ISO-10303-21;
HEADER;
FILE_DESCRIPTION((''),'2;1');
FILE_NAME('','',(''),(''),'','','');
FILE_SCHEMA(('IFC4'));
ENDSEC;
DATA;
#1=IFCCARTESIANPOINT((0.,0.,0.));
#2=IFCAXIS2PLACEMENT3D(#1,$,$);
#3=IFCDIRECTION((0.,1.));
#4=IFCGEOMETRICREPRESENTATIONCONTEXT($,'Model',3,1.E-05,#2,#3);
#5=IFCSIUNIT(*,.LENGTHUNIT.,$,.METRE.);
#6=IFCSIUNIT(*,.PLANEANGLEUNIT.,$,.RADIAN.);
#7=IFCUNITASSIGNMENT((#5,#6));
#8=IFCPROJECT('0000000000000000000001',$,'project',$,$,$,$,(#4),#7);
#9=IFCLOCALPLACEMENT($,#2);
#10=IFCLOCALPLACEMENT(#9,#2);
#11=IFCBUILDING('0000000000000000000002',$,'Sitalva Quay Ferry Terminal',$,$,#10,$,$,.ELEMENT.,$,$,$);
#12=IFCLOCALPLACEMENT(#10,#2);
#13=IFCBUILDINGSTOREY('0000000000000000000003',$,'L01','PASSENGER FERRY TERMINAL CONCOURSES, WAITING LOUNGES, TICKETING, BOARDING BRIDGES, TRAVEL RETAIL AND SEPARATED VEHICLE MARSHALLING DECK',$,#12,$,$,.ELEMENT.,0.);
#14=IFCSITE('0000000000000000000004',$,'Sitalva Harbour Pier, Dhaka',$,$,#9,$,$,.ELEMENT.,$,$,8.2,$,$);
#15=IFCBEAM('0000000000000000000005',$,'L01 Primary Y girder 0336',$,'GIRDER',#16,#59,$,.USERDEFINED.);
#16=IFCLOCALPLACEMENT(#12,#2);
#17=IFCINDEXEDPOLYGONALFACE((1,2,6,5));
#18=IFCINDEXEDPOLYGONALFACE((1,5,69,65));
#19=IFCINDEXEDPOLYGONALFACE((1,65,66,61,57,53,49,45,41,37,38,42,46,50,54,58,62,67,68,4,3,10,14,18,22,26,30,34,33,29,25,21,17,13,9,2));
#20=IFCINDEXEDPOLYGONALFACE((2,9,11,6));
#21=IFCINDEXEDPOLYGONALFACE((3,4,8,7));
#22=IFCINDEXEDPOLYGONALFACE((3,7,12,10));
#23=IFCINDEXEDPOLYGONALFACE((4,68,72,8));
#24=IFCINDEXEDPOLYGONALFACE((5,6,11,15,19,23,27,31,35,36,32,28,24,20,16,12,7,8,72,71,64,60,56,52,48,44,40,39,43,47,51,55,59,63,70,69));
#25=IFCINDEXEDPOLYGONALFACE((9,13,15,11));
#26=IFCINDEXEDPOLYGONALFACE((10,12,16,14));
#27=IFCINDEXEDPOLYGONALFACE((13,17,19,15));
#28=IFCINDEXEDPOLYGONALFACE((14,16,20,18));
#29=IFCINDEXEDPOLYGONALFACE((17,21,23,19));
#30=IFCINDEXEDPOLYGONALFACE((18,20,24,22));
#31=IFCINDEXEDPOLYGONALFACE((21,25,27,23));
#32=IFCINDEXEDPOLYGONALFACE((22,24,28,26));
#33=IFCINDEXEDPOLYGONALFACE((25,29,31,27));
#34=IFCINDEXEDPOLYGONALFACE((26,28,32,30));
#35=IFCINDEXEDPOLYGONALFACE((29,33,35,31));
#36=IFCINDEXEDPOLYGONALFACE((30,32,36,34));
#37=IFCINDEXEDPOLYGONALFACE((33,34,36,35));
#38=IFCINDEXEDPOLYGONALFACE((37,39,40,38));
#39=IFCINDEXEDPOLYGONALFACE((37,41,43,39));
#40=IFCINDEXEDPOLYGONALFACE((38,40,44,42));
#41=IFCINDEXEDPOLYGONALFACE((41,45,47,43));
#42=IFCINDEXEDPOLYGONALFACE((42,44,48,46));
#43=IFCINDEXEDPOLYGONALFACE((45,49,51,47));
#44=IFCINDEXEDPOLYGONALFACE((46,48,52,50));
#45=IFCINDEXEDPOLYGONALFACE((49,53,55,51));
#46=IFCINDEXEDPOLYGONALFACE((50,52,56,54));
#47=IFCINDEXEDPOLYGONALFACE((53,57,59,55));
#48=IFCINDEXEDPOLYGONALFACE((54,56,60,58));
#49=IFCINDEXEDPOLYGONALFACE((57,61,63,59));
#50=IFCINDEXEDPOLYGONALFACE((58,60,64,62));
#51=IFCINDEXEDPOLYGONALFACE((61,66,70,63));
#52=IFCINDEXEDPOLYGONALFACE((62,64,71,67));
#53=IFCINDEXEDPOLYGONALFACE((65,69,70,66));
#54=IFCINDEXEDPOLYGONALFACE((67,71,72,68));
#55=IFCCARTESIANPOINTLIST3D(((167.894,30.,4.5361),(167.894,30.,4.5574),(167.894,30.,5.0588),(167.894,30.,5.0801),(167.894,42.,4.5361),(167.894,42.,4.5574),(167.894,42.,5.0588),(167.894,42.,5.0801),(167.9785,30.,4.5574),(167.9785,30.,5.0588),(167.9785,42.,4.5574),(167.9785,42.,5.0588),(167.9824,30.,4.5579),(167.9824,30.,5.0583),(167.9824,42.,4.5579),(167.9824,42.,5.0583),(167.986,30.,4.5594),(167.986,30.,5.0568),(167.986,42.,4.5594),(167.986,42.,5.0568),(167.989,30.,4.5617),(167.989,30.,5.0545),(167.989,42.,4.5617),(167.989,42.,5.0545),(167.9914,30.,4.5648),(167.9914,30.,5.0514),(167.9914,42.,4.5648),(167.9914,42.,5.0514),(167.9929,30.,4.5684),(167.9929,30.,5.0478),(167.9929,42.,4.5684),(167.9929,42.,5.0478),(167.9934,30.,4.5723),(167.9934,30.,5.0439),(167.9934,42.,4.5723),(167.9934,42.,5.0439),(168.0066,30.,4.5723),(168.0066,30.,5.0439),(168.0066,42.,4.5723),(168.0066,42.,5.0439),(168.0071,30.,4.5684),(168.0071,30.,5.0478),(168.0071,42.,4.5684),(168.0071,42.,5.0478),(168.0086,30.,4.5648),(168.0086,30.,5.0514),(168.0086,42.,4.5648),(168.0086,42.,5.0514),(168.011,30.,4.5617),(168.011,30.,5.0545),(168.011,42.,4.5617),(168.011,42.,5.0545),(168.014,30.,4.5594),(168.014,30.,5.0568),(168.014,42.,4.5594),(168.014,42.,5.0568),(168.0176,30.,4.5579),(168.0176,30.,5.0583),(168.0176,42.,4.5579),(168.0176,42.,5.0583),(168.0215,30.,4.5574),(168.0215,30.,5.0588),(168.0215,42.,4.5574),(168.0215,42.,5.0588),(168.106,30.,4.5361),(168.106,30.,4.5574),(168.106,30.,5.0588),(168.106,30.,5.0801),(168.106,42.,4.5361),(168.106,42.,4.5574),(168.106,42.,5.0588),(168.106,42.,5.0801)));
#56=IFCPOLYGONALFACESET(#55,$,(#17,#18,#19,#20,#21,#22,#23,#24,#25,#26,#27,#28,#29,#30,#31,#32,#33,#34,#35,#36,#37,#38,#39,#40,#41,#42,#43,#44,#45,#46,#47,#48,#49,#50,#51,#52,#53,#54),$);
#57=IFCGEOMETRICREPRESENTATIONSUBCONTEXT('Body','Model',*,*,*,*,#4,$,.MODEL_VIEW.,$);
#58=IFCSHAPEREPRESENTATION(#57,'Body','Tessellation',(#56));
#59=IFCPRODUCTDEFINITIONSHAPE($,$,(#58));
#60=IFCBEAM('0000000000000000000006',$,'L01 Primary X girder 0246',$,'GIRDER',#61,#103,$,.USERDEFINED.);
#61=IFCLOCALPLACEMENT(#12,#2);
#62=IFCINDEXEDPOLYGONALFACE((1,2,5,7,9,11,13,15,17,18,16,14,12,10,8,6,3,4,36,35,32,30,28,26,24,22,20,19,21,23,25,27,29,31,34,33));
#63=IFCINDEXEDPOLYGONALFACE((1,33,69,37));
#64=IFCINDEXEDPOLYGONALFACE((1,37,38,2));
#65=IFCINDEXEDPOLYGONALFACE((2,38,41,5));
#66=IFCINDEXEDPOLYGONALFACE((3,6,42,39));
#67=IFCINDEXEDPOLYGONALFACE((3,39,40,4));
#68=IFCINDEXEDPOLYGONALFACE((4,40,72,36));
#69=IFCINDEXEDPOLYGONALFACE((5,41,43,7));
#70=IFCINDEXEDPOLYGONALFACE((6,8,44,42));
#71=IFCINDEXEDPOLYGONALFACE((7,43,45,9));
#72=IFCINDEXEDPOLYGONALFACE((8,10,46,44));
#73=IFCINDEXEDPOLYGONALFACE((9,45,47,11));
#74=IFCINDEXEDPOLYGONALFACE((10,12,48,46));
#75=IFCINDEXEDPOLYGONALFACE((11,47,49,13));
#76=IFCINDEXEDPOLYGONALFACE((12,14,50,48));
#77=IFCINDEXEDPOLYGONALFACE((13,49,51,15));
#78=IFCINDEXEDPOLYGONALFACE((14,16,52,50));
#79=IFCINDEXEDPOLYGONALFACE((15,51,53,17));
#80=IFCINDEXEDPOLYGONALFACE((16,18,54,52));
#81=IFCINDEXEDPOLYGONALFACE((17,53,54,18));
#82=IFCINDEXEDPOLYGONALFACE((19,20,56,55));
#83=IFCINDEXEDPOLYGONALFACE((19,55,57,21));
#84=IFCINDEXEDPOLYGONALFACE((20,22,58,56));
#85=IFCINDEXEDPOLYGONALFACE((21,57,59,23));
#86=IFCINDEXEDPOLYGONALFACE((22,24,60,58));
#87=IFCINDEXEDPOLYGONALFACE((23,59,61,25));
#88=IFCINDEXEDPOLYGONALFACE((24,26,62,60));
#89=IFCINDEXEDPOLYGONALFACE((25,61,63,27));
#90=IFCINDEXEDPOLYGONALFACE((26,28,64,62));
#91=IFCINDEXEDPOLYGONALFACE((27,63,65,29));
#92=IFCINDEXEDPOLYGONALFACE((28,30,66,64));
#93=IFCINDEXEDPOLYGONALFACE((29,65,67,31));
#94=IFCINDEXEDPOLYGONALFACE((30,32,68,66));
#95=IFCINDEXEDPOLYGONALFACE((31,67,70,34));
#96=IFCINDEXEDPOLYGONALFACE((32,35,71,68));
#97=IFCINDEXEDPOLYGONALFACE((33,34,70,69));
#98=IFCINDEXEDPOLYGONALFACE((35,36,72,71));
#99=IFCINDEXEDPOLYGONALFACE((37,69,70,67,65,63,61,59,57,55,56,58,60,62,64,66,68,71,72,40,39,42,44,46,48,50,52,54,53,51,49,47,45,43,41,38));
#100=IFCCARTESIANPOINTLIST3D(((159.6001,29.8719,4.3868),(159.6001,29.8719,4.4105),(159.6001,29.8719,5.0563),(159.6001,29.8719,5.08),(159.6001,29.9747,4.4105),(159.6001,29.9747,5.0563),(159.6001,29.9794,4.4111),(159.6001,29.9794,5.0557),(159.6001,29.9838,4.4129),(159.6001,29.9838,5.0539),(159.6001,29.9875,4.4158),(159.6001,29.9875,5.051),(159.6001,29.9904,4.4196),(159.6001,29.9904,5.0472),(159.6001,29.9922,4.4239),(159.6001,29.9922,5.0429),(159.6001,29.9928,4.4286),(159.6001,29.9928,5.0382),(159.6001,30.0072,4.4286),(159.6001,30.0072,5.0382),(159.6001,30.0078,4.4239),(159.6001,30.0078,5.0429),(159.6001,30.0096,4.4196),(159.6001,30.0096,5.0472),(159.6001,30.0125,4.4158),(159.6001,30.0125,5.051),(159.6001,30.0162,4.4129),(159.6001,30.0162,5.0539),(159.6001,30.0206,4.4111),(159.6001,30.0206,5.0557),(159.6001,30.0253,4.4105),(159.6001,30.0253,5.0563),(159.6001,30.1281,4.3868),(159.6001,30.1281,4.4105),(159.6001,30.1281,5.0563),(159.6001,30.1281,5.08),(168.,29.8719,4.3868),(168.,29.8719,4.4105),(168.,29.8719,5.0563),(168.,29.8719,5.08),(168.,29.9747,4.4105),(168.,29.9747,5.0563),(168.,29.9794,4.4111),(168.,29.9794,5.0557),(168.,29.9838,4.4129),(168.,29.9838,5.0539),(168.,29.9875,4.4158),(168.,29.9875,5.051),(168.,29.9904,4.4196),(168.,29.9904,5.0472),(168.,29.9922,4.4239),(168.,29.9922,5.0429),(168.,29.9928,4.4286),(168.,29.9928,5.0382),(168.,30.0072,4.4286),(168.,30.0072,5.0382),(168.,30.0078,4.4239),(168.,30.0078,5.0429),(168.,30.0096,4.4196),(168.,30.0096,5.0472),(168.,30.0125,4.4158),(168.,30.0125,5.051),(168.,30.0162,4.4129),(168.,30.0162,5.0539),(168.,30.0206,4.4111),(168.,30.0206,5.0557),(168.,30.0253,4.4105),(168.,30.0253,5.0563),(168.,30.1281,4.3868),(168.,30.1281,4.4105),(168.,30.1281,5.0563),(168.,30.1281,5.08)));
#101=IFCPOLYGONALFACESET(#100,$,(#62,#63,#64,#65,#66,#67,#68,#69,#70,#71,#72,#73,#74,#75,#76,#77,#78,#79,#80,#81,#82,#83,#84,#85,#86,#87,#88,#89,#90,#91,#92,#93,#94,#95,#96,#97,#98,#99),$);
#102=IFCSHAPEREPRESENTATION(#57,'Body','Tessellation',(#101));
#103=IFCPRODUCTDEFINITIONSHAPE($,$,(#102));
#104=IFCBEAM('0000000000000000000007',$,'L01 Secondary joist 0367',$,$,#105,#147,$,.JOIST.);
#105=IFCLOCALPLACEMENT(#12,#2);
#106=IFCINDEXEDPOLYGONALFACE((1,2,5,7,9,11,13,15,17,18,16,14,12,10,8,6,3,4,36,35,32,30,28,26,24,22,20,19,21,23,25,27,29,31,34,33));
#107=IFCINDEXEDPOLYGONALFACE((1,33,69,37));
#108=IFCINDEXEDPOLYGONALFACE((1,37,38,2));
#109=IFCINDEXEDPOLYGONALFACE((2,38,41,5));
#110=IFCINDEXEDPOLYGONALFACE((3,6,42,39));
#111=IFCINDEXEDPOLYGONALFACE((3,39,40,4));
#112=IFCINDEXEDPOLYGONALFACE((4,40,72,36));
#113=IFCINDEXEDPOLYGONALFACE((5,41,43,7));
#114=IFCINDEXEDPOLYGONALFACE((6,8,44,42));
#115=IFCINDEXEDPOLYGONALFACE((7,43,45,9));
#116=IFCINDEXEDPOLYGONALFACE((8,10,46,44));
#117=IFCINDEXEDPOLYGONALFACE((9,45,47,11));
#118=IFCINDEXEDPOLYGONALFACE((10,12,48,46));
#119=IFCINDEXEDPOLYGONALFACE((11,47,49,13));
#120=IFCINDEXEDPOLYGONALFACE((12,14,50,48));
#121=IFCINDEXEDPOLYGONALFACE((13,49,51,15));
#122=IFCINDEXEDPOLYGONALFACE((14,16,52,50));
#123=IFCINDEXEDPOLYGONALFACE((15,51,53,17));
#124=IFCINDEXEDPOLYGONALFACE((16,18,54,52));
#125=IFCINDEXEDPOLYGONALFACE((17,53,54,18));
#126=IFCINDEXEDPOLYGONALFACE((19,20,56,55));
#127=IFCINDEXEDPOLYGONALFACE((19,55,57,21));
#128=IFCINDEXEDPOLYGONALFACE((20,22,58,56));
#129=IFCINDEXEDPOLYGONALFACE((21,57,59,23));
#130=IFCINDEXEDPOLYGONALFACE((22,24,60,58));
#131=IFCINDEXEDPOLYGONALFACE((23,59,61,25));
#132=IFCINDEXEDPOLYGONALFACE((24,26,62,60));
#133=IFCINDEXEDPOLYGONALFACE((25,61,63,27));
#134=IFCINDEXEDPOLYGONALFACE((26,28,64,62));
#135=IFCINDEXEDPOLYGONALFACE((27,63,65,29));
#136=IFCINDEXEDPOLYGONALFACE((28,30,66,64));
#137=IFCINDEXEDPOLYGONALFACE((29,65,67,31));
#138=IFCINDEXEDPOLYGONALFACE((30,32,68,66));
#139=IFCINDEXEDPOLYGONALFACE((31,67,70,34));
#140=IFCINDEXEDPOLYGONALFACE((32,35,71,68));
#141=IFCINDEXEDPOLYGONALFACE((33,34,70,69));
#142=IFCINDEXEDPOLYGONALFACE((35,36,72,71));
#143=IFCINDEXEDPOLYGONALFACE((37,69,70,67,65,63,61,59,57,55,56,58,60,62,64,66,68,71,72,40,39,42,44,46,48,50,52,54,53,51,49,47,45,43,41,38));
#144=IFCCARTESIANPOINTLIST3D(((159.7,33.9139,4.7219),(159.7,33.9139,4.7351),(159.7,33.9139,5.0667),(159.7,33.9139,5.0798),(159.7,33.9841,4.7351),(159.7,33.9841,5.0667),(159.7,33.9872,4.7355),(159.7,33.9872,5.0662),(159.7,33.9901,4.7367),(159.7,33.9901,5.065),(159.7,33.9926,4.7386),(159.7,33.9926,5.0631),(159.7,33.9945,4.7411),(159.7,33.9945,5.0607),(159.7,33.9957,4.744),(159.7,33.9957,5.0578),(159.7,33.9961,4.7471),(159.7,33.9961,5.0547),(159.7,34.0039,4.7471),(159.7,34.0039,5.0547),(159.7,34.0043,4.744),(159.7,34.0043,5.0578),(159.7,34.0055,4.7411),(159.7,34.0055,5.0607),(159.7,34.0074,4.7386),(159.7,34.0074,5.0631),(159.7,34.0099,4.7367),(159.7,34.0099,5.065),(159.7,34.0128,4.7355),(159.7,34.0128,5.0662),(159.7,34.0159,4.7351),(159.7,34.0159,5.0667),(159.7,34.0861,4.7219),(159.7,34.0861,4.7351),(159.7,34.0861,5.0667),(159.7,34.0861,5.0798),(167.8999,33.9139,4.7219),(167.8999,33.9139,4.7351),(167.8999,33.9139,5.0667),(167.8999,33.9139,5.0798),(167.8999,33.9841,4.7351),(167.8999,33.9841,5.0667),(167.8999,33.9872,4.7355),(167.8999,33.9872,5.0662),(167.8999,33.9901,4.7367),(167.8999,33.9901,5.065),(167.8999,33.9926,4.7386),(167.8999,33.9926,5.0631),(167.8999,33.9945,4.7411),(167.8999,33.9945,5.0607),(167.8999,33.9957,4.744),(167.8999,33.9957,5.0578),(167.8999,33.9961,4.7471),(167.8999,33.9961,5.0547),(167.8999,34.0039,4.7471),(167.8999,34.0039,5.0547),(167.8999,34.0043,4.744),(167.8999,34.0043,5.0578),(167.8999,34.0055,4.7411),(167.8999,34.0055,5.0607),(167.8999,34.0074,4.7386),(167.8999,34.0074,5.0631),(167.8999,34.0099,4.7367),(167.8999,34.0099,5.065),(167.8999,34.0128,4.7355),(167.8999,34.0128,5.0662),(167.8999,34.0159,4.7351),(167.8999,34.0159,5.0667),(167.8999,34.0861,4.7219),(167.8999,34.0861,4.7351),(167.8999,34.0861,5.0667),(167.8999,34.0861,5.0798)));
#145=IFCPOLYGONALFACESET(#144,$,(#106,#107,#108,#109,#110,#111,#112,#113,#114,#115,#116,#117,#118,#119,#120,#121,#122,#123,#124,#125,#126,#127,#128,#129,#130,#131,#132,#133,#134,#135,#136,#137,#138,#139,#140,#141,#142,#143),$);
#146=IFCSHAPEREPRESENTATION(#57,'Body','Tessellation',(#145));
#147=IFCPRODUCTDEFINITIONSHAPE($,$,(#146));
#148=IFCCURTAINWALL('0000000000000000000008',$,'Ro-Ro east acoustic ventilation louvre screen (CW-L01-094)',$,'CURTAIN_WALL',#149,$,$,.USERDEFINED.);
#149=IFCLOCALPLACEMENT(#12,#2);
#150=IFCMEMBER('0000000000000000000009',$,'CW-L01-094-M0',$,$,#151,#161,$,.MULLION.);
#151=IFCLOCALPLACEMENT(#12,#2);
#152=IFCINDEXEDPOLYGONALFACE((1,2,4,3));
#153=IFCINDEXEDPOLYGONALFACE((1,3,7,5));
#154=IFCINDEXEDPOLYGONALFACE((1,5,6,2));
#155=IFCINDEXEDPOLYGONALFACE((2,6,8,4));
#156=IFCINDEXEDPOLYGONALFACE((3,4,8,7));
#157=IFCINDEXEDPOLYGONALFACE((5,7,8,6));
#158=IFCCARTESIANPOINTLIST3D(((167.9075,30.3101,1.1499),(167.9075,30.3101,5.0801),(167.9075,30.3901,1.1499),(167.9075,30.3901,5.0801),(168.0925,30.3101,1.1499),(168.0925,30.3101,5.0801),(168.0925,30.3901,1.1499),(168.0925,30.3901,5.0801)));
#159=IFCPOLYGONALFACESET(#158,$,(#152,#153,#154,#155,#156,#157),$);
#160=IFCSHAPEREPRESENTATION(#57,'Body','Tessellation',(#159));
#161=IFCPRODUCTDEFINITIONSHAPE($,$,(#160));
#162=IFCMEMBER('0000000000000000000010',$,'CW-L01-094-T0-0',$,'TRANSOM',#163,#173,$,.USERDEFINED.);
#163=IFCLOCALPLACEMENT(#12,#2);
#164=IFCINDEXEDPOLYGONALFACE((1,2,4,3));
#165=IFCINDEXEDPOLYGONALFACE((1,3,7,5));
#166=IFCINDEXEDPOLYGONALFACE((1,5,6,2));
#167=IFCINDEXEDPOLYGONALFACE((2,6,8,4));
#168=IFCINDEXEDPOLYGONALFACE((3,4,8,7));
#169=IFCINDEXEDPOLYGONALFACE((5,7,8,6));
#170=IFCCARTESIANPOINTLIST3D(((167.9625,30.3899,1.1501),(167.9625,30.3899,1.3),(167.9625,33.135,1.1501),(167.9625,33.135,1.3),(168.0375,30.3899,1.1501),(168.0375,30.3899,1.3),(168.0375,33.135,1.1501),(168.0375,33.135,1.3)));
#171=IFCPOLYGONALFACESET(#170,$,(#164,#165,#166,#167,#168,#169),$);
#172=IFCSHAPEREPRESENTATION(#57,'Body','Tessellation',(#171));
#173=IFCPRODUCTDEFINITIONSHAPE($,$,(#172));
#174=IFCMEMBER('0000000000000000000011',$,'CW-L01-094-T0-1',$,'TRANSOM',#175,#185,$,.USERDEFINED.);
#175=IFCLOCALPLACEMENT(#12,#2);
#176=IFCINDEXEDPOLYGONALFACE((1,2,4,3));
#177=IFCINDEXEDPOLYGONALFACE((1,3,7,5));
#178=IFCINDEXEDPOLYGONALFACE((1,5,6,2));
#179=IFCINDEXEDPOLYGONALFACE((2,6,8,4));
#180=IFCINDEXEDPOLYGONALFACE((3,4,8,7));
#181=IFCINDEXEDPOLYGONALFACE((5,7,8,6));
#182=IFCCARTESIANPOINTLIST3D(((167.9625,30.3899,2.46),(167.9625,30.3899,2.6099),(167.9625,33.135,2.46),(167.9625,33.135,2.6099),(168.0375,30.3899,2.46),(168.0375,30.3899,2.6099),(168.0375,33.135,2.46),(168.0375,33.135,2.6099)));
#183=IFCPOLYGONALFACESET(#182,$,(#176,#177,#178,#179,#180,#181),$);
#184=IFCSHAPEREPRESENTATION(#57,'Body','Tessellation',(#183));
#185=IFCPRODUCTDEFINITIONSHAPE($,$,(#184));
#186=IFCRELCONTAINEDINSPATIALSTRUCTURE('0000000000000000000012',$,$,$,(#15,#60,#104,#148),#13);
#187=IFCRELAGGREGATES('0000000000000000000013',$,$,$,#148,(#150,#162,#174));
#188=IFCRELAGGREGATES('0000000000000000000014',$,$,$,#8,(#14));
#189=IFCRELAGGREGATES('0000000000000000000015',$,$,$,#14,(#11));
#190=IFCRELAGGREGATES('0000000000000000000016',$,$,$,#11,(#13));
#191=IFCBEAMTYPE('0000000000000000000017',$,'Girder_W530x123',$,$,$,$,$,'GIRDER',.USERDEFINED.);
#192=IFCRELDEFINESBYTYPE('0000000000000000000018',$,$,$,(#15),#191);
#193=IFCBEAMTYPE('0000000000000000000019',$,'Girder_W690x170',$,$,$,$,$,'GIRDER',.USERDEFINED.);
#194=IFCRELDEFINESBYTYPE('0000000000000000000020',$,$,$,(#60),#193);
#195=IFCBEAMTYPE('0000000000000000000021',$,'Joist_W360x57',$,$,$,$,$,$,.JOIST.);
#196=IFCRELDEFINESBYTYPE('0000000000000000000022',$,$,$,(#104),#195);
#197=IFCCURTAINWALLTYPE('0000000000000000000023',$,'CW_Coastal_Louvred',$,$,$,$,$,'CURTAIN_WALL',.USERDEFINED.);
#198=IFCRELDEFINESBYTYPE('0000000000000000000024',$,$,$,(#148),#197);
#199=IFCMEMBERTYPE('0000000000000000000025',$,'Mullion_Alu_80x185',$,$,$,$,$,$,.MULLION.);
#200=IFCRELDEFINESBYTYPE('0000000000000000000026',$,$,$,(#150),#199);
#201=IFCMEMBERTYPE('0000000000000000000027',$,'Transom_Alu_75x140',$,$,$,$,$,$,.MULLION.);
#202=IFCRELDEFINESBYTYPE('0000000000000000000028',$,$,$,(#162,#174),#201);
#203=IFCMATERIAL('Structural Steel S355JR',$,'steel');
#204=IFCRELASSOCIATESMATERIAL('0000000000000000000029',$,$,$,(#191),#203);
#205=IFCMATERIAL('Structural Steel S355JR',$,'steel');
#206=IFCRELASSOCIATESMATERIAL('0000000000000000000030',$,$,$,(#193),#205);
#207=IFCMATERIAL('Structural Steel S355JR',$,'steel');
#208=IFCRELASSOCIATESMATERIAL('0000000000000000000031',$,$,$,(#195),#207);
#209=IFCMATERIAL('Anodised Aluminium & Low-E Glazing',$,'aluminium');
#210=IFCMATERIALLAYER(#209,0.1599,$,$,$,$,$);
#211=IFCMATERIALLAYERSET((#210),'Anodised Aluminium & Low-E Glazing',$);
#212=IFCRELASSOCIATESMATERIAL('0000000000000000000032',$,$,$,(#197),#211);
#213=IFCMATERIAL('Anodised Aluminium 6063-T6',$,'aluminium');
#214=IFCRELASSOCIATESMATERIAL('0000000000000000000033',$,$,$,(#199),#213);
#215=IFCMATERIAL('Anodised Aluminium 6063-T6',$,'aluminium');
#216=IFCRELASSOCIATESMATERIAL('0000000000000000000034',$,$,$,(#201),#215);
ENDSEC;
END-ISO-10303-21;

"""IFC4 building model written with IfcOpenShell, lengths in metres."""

from ifc_helpers import new_model, si_unit, direction, frame, origin, origin_2d, place, context, subcontext, project, spatial, rectangle, i_section, extrude, material, layer, layer_set, material_profile, profile_set, type_object, element, aggregate, save


model = new_model("IFC4")

# Units and contexts
model_context = context("Model", 3, precision=1e-05, world=origin(), true_north=direction((0.0, 1.0)))
body_context = subcontext(model_context, "Body", "Model", "MODEL_VIEW")
ifc_project = project(units=[si_unit("LENGTHUNIT", "METRE"), si_unit("PLANEANGLEUNIT", "RADIAN")], contexts=[model_context])

# Site, building, storey
site_placement = place(None, origin())
site = spatial("IfcSite", under=ifc_project, at=site_placement, Name="Sitalva Harbour Pier, Dhaka", CompositionType="ELEMENT", RefElevation=8.2)
building_placement = place(site_placement, origin())
building = spatial("IfcBuilding", under=site, at=building_placement, Name="Sitalva Quay Ferry Terminal", CompositionType="ELEMENT")
storey_placement = place(building_placement, origin())
storey = spatial("IfcBuildingStorey", under=building, at=storey_placement, Name="L01", Description="PASSENGER FERRY TERMINAL CONCOURSES, WAITING LOUNGES, TICKETING, BOARDING BRIDGES, TRAVEL RETAIL AND SEPARATED VEHICLE MARSHALLING DECK", CompositionType="ELEMENT", Elevation=0.0)

# Beams
ifc_material_1 = material(Name="Structural Steel S355JR", Category="steel")
ifc_material_profile_1 = material_profile(ifc_material_1, i_section(OverallWidth=0.2119, OverallDepth=0.5439, WebThickness=0.0132, FlangeThickness=0.0212, FilletRadius=0.0149, at=origin_2d()), Name="W530x123")
ifc_profile_set_1 = profile_set([ifc_material_profile_1], Name="Structural Steel S355JR")
beam_type_1 = type_object("IfcBeamType", Name="Girder_W530x123", ElementType="GIRDER", PredefinedType="USERDEFINED", material=ifc_profile_set_1)
for number, where, z_axis, x_axis, name in (
    (1, (168.0, 30.0, 4.8081), (0.0, 1.0, 0.0), (-1.0, 0.0, 0.0), "L01 Primary Y girder 0336"),
):
    element("IfcBeam", number, at=place(storey_placement, frame(where, z_axis=z_axis, x_axis=x_axis)), inside=storey, type_object=beam_type_1, Name=name, ObjectType="GIRDER", PredefinedType="USERDEFINED", context=body_context, shape_type="SweptSolid", body=[
        extrude(i_section(OverallWidth=0.2119, OverallDepth=0.5439, WebThickness=0.0132, FlangeThickness=0.0212, FilletRadius=0.0149, at=origin_2d()), origin(), (0.0, 0.0, 1.0), 12.0),
    ])
ifc_material_2 = material(Name="Structural Steel S355JR", Category="steel")
ifc_material_profile_2 = material_profile(ifc_material_2, i_section(OverallWidth=0.2561, OverallDepth=0.6931, WebThickness=0.0144, FlangeThickness=0.0237, FilletRadius=0.0181, at=origin_2d()), Name="W690x170")
ifc_profile_set_2 = profile_set([ifc_material_profile_2], Name="Structural Steel S355JR")
beam_type_2 = type_object("IfcBeamType", Name="Girder_W690x170", ElementType="GIRDER", PredefinedType="USERDEFINED", material=ifc_profile_set_2)
beam_1_placement = place(storey_placement, frame((159.6001, 30.0, 4.7334), z_axis=(1.0, 0.0, 0.0), x_axis=(0.0, 1.0, 0.0)))
element("IfcBeam", 2, at=beam_1_placement, inside=storey, type_object=beam_type_2, Name="L01 Primary X girder 0246", ObjectType="GIRDER", PredefinedType="USERDEFINED", context=body_context, shape_type="SweptSolid", body=[
    extrude(i_section(OverallWidth=0.2561, OverallDepth=0.6931, WebThickness=0.0144, FlangeThickness=0.0237, FilletRadius=0.0181, at=origin_2d()), origin(), (0.0, 0.0, 1.0), 8.3999),
])
ifc_material_3 = material(Name="Structural Steel S355JR", Category="steel")
ifc_material_profile_3 = material_profile(ifc_material_3, i_section(OverallWidth=0.1721, OverallDepth=0.3579, WebThickness=0.0078, FlangeThickness=0.0132, FilletRadius=0.012, at=origin_2d()), Name="W360x57")
ifc_profile_set_3 = profile_set([ifc_material_profile_3], Name="Structural Steel S355JR")
beam_type_3 = type_object("IfcBeamType", Name="Joist_W360x57", PredefinedType="JOIST", material=ifc_profile_set_3)
beam_2_placement = place(storey_placement, frame((159.7, 34.0, 4.9009), z_axis=(1.0, 0.0, 0.0), x_axis=(0.0, 1.0, 0.0)))
element("IfcBeam", 3, at=beam_2_placement, inside=storey, type_object=beam_type_3, Name="L01 Secondary joist 0367", PredefinedType="JOIST", context=body_context, shape_type="SweptSolid", body=[
    extrude(i_section(OverallWidth=0.1721, OverallDepth=0.3579, WebThickness=0.0078, FlangeThickness=0.0132, FilletRadius=0.012, at=origin_2d()), origin(), (0.0, 0.0, 1.0), 8.2),
])

# Curtain wall, members
ifc_material_4 = material(Name="Anodised Aluminium & Low-E Glazing", Category="aluminium")
ifc_layer_1 = layer(ifc_material_4, 0.1599)
ifc_layer_set_1 = layer_set([ifc_layer_1], Name="Anodised Aluminium & Low-E Glazing")
curtain_wall_type = type_object("IfcCurtainWallType", Name="CW_Coastal_Louvred", ElementType="CURTAIN_WALL", PredefinedType="USERDEFINED", material=ifc_layer_set_1)
curtain_wall_placement = place(storey_placement, origin())
curtain_wall = element("IfcCurtainWall", 4, at=curtain_wall_placement, inside=storey, type_object=curtain_wall_type, Name="Ro-Ro east acoustic ventilation louvre screen (CW-L01-094)", ObjectType="CURTAIN_WALL", PredefinedType="USERDEFINED")
ifc_material_5 = material(Name="Anodised Aluminium 6063-T6", Category="aluminium")
ifc_material_profile_4 = material_profile(ifc_material_5, rectangle(XDim=0.0801, YDim=0.1851, at=origin_2d()), Name="ALU80x185")
ifc_profile_set_4 = profile_set([ifc_material_profile_4], Name="Anodised Aluminium 6063-T6")
member_type_1 = type_object("IfcMemberType", Name="Mullion_Alu_80x185", PredefinedType="MULLION", material=ifc_profile_set_4)
member_1_placement = place(storey_placement, frame((168.0, 30.3501, 1.1499), z_axis=(0.0, 0.0, 1.0), x_axis=(0.0, 1.0, 0.0)))
member_1 = element("IfcMember", 5, at=member_1_placement, type_object=member_type_1, Name="CW-L01-094-M0", PredefinedType="MULLION", context=body_context, shape_type="SweptSolid", body=[
    extrude(rectangle(XDim=0.0801, YDim=0.1851, at=origin_2d()), origin(), (0.0, 0.0, 1.0), 3.9302),
])
ifc_material_6 = material(Name="Anodised Aluminium 6063-T6", Category="aluminium")
ifc_material_profile_5 = material_profile(ifc_material_6, rectangle(XDim=0.075, YDim=0.1499, at=origin_2d()), Name="ALU75x150")
ifc_profile_set_5 = profile_set([ifc_material_profile_5], Name="Anodised Aluminium 6063-T6")
member_type_2 = type_object("IfcMemberType", Name="Transom_Alu_75x140", PredefinedType="MULLION", material=ifc_profile_set_5)
member_2_placement = place(storey_placement, frame((168.0, 30.3899, 1.2251), z_axis=(0.0, 1.0, 0.0), x_axis=(-1.0, 0.0, 0.0)))
member_2 = element("IfcMember", 6, at=member_2_placement, type_object=member_type_2, Name="CW-L01-094-T0-0", ObjectType="TRANSOM", PredefinedType="USERDEFINED", context=body_context, shape_type="SweptSolid", body=[
    extrude(rectangle(XDim=0.075, YDim=0.1499, at=origin_2d()), origin(), (0.0, 0.0, 1.0), 2.7451),
])
member_3_placement = place(storey_placement, frame((168.0, 30.3899, 2.5349), z_axis=(0.0, 1.0, 0.0), x_axis=(-1.0, 0.0, 0.0)))
member_3 = element("IfcMember", 7, at=member_3_placement, type_object=member_type_2, Name="CW-L01-094-T0-1", ObjectType="TRANSOM", PredefinedType="USERDEFINED", context=body_context, shape_type="SweptSolid", body=[
    extrude(rectangle(XDim=0.075, YDim=0.1499, at=origin_2d()), origin(), (0.0, 0.0, 1.0), 2.7451),
])
aggregate(curtain_wall, [member_1, member_2, member_3])

save(model, "model.ifc")
